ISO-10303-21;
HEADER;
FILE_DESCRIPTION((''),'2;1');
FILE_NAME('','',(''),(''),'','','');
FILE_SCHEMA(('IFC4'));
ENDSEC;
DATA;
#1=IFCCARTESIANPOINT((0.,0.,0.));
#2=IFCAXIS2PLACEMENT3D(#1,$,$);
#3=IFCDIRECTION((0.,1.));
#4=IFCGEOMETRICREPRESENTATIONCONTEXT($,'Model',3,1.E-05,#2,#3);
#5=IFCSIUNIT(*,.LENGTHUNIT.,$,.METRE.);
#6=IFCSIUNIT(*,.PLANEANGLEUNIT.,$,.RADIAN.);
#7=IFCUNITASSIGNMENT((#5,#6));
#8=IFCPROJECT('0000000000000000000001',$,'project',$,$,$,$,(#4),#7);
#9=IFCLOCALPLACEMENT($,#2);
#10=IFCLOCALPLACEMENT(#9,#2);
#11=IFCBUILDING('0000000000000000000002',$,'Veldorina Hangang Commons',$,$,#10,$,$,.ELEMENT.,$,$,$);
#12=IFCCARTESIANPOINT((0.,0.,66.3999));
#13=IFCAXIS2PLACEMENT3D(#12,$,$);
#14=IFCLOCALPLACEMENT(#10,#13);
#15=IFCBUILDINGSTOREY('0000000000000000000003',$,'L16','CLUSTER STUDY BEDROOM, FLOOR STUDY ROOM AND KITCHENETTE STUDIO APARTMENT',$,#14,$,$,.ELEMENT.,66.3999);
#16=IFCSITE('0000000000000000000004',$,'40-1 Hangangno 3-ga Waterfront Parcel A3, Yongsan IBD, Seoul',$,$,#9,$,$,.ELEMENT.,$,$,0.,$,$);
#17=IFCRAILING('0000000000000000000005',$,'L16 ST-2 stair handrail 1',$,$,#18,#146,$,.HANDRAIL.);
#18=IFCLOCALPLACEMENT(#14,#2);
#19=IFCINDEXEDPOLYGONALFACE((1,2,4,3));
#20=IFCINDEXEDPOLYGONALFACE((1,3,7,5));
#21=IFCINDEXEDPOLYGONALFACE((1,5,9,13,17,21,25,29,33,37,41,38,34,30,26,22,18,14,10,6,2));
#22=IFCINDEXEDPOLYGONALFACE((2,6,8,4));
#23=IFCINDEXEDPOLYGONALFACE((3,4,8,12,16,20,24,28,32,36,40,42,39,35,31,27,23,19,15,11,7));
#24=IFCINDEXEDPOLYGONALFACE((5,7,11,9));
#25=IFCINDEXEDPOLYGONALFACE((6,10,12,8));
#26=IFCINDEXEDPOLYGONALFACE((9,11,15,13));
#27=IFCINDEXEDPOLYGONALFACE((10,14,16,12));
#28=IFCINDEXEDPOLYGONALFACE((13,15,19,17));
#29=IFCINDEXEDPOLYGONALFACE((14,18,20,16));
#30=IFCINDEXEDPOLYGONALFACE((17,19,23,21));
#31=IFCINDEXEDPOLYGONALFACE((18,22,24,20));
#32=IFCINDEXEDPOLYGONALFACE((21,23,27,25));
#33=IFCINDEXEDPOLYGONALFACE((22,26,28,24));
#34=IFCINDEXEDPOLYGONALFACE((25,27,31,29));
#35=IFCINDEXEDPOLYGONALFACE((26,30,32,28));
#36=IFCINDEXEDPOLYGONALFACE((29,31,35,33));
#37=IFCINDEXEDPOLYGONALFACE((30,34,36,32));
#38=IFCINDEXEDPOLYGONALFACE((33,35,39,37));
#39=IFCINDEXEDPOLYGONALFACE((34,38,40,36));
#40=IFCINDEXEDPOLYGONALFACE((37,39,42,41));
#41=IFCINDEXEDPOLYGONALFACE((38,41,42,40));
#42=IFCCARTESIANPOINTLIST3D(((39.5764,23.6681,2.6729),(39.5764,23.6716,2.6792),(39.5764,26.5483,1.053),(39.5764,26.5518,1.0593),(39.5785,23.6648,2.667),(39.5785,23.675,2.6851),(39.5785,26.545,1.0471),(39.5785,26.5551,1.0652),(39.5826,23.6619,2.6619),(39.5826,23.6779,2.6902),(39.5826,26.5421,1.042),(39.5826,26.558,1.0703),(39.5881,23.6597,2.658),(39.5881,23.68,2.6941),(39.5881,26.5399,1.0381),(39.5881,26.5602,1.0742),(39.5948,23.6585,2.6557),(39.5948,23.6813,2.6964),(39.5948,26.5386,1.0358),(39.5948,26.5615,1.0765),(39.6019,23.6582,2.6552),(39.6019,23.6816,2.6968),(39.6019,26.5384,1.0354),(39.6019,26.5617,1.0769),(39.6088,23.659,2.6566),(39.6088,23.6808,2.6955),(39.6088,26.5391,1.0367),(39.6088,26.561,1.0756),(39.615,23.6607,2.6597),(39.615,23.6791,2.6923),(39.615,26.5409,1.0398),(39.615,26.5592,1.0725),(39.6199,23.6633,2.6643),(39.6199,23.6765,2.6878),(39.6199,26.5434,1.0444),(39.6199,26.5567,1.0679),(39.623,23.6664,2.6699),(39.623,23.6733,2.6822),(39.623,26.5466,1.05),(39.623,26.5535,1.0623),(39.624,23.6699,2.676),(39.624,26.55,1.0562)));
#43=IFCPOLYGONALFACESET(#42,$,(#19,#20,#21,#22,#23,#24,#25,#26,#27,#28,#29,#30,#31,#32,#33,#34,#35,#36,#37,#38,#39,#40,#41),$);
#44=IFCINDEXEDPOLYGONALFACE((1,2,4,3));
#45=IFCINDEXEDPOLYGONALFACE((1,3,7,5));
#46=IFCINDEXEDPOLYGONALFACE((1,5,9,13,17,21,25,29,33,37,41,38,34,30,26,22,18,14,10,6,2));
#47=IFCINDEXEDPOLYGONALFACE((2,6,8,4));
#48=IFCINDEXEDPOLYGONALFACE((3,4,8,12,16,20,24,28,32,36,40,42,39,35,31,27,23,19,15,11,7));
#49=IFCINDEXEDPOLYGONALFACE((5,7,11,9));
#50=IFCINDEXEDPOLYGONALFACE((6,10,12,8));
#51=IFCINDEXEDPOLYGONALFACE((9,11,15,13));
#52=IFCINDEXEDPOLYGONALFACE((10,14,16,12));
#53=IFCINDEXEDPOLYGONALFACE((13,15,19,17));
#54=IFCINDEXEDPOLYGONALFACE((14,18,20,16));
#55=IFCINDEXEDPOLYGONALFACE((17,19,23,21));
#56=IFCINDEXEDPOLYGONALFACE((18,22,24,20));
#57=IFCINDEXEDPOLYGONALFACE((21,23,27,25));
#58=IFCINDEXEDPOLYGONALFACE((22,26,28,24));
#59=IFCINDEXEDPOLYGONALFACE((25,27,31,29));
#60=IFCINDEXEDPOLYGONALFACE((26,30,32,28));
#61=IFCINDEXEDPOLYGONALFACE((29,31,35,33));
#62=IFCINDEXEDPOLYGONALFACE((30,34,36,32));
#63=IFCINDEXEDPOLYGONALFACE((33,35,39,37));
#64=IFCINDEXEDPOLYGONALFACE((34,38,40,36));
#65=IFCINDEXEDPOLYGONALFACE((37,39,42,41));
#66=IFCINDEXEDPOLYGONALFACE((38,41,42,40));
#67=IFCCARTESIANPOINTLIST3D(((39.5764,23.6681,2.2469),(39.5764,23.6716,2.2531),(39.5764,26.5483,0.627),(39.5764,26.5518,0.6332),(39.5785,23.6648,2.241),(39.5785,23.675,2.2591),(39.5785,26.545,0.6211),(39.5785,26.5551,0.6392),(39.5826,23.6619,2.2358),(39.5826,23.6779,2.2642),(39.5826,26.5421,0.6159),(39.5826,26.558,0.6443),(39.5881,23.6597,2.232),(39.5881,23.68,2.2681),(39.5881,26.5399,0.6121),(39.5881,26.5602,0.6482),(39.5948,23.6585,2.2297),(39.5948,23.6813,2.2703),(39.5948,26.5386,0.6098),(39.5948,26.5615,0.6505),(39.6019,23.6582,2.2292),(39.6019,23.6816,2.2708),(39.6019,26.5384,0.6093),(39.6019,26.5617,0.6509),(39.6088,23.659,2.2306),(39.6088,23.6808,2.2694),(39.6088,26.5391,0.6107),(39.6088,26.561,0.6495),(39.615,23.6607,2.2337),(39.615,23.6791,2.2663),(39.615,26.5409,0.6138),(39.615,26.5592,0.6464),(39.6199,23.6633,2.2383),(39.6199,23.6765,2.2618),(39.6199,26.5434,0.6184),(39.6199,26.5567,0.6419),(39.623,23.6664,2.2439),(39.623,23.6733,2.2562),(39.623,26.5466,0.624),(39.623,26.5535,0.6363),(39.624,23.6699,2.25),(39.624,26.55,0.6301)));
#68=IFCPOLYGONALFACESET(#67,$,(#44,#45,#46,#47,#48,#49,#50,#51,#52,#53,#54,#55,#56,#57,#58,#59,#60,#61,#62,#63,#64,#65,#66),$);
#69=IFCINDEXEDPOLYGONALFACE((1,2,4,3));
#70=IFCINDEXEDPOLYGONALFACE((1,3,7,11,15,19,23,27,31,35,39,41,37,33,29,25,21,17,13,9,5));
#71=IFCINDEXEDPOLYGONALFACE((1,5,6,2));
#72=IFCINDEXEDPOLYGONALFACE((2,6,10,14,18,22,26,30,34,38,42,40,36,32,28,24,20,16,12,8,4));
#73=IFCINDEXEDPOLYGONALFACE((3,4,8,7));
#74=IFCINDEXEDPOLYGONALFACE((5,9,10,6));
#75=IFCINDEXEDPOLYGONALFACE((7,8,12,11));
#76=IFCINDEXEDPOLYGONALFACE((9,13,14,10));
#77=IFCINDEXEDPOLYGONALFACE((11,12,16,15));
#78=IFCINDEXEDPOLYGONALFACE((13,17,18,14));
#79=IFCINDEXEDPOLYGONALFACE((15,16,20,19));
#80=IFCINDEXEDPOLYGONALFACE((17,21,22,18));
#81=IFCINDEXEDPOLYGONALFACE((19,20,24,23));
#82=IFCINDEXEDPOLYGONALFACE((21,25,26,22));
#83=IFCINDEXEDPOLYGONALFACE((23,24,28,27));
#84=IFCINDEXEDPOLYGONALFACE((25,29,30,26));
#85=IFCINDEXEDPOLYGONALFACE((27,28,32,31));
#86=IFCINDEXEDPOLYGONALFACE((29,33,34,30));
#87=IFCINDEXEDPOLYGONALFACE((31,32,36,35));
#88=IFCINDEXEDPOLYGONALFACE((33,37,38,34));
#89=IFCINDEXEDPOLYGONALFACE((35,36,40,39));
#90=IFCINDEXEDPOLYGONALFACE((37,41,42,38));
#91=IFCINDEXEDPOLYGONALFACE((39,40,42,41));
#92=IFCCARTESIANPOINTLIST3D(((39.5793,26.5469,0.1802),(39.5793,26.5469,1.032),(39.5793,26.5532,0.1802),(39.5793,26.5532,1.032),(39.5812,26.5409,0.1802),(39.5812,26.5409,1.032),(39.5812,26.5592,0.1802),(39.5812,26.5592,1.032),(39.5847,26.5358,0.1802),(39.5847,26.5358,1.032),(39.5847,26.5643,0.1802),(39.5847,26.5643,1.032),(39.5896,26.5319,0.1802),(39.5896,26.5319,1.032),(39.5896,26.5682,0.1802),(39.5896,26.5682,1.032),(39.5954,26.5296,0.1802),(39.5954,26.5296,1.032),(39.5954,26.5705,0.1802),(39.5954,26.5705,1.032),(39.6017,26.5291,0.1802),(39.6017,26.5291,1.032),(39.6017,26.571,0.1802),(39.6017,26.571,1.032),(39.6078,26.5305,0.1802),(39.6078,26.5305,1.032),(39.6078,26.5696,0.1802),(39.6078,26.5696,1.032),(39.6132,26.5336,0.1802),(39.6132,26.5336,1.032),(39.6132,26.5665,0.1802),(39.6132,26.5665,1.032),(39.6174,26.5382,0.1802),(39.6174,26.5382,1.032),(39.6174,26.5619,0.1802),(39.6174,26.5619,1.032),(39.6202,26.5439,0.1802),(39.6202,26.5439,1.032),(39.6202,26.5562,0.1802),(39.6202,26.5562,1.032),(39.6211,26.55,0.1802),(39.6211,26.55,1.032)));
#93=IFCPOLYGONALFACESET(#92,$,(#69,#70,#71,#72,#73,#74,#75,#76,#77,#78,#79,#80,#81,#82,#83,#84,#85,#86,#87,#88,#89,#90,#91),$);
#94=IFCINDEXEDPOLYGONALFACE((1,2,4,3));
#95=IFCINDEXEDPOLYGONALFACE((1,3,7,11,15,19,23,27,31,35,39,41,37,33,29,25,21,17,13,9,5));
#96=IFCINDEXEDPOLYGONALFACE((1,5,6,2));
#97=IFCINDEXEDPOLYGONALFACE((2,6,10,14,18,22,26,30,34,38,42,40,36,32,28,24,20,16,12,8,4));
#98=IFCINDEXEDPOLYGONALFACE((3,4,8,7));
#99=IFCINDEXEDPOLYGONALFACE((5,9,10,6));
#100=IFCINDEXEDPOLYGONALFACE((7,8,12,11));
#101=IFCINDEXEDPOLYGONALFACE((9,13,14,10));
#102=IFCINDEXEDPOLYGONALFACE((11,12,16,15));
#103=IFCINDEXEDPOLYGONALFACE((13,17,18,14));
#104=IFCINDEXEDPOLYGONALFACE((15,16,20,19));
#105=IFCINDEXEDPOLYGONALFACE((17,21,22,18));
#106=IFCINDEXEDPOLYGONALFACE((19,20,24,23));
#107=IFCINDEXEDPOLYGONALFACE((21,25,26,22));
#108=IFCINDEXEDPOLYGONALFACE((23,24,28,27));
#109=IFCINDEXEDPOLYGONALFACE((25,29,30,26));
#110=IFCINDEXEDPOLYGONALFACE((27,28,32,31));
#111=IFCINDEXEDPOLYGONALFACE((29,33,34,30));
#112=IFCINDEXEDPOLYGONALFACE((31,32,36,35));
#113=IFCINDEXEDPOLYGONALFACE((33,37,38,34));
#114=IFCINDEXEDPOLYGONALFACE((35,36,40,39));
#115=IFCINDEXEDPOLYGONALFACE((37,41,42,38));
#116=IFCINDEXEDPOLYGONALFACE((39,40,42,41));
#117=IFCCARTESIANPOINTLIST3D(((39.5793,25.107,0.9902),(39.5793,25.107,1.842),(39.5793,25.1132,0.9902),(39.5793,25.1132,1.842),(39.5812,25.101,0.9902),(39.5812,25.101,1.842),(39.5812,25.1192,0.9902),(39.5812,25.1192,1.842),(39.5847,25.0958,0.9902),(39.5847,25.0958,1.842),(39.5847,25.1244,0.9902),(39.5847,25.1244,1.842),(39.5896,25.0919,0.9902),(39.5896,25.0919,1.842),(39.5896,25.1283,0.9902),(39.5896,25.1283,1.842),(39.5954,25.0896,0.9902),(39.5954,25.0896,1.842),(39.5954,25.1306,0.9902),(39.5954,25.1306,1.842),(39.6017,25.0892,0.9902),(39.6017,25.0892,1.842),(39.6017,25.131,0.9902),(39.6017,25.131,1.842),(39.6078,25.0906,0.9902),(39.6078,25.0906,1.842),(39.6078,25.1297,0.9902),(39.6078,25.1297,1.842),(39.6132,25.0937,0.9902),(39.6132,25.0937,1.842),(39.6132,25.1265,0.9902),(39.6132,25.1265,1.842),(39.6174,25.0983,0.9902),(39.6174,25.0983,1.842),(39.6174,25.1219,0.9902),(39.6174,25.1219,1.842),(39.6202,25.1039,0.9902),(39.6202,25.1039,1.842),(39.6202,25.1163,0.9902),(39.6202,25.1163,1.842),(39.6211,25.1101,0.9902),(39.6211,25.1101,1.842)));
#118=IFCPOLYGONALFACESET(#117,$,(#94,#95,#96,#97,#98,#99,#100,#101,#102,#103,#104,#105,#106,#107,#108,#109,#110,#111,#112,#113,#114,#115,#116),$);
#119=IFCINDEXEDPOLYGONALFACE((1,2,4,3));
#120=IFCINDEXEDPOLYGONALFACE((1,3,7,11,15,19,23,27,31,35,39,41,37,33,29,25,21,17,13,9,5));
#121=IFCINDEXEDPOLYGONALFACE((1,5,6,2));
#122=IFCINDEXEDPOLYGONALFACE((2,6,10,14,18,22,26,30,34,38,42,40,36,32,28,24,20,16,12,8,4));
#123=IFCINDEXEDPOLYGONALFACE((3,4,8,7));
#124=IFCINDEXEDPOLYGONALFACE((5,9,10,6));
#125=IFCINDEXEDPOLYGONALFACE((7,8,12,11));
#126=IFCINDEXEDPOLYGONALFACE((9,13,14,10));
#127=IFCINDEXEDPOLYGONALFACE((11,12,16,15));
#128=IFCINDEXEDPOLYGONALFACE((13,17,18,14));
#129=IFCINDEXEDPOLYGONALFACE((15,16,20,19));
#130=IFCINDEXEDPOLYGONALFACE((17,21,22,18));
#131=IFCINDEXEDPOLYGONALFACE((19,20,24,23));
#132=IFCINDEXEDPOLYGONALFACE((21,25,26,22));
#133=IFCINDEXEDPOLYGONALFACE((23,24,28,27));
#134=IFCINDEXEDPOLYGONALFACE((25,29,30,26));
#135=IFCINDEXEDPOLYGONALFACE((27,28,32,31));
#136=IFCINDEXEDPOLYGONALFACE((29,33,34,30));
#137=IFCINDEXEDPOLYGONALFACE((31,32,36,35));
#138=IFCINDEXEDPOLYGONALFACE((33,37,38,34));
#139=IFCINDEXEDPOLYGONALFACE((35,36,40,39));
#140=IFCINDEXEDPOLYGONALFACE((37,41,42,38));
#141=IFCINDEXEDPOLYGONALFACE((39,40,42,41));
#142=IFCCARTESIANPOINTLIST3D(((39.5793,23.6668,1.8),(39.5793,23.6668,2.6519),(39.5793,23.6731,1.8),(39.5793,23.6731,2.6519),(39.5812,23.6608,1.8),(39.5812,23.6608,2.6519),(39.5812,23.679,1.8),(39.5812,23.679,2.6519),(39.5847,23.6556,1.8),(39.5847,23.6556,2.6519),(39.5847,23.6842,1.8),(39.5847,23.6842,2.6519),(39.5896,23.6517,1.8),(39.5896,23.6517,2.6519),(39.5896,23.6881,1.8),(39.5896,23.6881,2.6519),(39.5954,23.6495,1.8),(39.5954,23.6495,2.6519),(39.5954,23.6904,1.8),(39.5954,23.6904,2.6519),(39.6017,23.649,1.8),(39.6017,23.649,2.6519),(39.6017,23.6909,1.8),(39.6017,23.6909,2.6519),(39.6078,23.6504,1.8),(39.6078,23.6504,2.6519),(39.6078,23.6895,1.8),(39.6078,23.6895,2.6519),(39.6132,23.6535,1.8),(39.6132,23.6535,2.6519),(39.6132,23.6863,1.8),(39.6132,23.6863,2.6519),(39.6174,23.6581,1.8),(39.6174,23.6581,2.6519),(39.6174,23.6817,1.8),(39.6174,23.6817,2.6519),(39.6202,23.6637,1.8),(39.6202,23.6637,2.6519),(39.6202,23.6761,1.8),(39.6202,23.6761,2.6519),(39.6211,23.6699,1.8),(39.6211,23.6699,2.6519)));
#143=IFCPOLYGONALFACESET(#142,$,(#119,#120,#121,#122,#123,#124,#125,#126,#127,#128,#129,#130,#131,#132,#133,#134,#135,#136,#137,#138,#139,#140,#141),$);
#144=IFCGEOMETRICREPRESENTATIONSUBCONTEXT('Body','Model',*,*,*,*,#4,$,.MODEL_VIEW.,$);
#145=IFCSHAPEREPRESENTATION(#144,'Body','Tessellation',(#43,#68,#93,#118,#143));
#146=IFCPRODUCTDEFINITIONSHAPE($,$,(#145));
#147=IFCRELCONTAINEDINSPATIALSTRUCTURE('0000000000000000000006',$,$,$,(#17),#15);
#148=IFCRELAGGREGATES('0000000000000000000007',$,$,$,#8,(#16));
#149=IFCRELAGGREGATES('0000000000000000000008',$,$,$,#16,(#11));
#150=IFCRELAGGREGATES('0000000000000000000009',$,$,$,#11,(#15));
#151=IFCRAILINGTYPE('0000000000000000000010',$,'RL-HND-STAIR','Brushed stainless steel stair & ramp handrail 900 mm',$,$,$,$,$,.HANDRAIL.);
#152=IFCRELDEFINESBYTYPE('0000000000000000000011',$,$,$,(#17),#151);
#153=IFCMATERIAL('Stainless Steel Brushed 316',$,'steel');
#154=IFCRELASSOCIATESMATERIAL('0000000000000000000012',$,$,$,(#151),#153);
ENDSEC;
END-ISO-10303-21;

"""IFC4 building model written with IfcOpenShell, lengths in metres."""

from ifc_helpers import new_model, si_unit, direction, frame, origin, origin_2d, place, context, subcontext, project, spatial, circle, extrude, material, type_object, element, save


model = new_model("IFC4")

# Units and contexts
model_context = context("Model", 3, precision=1e-05, world=origin(), true_north=direction((0.0, 1.0)))
body_context = subcontext(model_context, "Body", "Model", "MODEL_VIEW")
ifc_project = project(units=[si_unit("LENGTHUNIT", "METRE"), si_unit("PLANEANGLEUNIT", "RADIAN")], contexts=[model_context])

# Site, building, storey
site_placement = place(None, origin())
site = spatial("IfcSite", under=ifc_project, at=site_placement, Name="40-1 Hangangno 3-ga Waterfront Parcel A3, Yongsan IBD, Seoul", CompositionType="ELEMENT", RefElevation=0.0)
building_placement = place(site_placement, origin())
building = spatial("IfcBuilding", under=site, at=building_placement, Name="Veldorina Hangang Commons", CompositionType="ELEMENT")
storey_placement = place(building_placement, frame((0.0, 0.0, 66.3999)))
storey = spatial("IfcBuildingStorey", under=building, at=storey_placement, Name="L16", Description="CLUSTER STUDY BEDROOM, FLOOR STUDY ROOM AND KITCHENETTE STUDIO APARTMENT", CompositionType="ELEMENT", Elevation=66.3999)

# Railing
ifc_material_1 = material(Name="Stainless Steel Brushed 316", Category="steel")
railing_type_1 = type_object("IfcRailingType", Name="RL-HND-STAIR", Description="Brushed stainless steel stair & ramp handrail 900 mm", PredefinedType="HANDRAIL", material=ifc_material_1)
railing_1_placement = place(storey_placement, frame((39.6001, 26.55, 0.1802)))
element("IfcRailing", 1, at=railing_1_placement, inside=storey, type_object=railing_type_1, Name="L16 ST-2 stair handrail 1", PredefinedType="HANDRAIL", context=body_context, shape_type="SweptSolid", body=[
    extrude(circle(Radius=0.0239, at=origin_2d()), frame((0.0, 0.0, 0.876), z_axis=(0.0, -0.871601, 0.490216), x_axis=(1.0, 0.0, 0.0)), (0.0, 0.0, 1.0), 3.3044),
    extrude(circle(Radius=0.0239, at=origin_2d()), frame((0.0, 0.0, 0.45), z_axis=(0.0, -0.871601, 0.490216), x_axis=(1.0, 0.0, 0.0)), (0.0, 0.0, 1.0), 3.3044),
    extrude(circle(Radius=0.021, at=origin_2d()), origin(), (0.0, 0.0, 1.0), 0.8518),
    extrude(circle(Radius=0.021, at=origin_2d()), frame((0.0, -1.4399, 0.8101)), (0.0, 0.0, 1.0), 0.8518),
    extrude(circle(Radius=0.021, at=origin_2d()), frame((0.0, -2.8801, 1.6199)), (0.0, 0.0, 1.0), 0.8518),
])

save(model, "model.ifc")
